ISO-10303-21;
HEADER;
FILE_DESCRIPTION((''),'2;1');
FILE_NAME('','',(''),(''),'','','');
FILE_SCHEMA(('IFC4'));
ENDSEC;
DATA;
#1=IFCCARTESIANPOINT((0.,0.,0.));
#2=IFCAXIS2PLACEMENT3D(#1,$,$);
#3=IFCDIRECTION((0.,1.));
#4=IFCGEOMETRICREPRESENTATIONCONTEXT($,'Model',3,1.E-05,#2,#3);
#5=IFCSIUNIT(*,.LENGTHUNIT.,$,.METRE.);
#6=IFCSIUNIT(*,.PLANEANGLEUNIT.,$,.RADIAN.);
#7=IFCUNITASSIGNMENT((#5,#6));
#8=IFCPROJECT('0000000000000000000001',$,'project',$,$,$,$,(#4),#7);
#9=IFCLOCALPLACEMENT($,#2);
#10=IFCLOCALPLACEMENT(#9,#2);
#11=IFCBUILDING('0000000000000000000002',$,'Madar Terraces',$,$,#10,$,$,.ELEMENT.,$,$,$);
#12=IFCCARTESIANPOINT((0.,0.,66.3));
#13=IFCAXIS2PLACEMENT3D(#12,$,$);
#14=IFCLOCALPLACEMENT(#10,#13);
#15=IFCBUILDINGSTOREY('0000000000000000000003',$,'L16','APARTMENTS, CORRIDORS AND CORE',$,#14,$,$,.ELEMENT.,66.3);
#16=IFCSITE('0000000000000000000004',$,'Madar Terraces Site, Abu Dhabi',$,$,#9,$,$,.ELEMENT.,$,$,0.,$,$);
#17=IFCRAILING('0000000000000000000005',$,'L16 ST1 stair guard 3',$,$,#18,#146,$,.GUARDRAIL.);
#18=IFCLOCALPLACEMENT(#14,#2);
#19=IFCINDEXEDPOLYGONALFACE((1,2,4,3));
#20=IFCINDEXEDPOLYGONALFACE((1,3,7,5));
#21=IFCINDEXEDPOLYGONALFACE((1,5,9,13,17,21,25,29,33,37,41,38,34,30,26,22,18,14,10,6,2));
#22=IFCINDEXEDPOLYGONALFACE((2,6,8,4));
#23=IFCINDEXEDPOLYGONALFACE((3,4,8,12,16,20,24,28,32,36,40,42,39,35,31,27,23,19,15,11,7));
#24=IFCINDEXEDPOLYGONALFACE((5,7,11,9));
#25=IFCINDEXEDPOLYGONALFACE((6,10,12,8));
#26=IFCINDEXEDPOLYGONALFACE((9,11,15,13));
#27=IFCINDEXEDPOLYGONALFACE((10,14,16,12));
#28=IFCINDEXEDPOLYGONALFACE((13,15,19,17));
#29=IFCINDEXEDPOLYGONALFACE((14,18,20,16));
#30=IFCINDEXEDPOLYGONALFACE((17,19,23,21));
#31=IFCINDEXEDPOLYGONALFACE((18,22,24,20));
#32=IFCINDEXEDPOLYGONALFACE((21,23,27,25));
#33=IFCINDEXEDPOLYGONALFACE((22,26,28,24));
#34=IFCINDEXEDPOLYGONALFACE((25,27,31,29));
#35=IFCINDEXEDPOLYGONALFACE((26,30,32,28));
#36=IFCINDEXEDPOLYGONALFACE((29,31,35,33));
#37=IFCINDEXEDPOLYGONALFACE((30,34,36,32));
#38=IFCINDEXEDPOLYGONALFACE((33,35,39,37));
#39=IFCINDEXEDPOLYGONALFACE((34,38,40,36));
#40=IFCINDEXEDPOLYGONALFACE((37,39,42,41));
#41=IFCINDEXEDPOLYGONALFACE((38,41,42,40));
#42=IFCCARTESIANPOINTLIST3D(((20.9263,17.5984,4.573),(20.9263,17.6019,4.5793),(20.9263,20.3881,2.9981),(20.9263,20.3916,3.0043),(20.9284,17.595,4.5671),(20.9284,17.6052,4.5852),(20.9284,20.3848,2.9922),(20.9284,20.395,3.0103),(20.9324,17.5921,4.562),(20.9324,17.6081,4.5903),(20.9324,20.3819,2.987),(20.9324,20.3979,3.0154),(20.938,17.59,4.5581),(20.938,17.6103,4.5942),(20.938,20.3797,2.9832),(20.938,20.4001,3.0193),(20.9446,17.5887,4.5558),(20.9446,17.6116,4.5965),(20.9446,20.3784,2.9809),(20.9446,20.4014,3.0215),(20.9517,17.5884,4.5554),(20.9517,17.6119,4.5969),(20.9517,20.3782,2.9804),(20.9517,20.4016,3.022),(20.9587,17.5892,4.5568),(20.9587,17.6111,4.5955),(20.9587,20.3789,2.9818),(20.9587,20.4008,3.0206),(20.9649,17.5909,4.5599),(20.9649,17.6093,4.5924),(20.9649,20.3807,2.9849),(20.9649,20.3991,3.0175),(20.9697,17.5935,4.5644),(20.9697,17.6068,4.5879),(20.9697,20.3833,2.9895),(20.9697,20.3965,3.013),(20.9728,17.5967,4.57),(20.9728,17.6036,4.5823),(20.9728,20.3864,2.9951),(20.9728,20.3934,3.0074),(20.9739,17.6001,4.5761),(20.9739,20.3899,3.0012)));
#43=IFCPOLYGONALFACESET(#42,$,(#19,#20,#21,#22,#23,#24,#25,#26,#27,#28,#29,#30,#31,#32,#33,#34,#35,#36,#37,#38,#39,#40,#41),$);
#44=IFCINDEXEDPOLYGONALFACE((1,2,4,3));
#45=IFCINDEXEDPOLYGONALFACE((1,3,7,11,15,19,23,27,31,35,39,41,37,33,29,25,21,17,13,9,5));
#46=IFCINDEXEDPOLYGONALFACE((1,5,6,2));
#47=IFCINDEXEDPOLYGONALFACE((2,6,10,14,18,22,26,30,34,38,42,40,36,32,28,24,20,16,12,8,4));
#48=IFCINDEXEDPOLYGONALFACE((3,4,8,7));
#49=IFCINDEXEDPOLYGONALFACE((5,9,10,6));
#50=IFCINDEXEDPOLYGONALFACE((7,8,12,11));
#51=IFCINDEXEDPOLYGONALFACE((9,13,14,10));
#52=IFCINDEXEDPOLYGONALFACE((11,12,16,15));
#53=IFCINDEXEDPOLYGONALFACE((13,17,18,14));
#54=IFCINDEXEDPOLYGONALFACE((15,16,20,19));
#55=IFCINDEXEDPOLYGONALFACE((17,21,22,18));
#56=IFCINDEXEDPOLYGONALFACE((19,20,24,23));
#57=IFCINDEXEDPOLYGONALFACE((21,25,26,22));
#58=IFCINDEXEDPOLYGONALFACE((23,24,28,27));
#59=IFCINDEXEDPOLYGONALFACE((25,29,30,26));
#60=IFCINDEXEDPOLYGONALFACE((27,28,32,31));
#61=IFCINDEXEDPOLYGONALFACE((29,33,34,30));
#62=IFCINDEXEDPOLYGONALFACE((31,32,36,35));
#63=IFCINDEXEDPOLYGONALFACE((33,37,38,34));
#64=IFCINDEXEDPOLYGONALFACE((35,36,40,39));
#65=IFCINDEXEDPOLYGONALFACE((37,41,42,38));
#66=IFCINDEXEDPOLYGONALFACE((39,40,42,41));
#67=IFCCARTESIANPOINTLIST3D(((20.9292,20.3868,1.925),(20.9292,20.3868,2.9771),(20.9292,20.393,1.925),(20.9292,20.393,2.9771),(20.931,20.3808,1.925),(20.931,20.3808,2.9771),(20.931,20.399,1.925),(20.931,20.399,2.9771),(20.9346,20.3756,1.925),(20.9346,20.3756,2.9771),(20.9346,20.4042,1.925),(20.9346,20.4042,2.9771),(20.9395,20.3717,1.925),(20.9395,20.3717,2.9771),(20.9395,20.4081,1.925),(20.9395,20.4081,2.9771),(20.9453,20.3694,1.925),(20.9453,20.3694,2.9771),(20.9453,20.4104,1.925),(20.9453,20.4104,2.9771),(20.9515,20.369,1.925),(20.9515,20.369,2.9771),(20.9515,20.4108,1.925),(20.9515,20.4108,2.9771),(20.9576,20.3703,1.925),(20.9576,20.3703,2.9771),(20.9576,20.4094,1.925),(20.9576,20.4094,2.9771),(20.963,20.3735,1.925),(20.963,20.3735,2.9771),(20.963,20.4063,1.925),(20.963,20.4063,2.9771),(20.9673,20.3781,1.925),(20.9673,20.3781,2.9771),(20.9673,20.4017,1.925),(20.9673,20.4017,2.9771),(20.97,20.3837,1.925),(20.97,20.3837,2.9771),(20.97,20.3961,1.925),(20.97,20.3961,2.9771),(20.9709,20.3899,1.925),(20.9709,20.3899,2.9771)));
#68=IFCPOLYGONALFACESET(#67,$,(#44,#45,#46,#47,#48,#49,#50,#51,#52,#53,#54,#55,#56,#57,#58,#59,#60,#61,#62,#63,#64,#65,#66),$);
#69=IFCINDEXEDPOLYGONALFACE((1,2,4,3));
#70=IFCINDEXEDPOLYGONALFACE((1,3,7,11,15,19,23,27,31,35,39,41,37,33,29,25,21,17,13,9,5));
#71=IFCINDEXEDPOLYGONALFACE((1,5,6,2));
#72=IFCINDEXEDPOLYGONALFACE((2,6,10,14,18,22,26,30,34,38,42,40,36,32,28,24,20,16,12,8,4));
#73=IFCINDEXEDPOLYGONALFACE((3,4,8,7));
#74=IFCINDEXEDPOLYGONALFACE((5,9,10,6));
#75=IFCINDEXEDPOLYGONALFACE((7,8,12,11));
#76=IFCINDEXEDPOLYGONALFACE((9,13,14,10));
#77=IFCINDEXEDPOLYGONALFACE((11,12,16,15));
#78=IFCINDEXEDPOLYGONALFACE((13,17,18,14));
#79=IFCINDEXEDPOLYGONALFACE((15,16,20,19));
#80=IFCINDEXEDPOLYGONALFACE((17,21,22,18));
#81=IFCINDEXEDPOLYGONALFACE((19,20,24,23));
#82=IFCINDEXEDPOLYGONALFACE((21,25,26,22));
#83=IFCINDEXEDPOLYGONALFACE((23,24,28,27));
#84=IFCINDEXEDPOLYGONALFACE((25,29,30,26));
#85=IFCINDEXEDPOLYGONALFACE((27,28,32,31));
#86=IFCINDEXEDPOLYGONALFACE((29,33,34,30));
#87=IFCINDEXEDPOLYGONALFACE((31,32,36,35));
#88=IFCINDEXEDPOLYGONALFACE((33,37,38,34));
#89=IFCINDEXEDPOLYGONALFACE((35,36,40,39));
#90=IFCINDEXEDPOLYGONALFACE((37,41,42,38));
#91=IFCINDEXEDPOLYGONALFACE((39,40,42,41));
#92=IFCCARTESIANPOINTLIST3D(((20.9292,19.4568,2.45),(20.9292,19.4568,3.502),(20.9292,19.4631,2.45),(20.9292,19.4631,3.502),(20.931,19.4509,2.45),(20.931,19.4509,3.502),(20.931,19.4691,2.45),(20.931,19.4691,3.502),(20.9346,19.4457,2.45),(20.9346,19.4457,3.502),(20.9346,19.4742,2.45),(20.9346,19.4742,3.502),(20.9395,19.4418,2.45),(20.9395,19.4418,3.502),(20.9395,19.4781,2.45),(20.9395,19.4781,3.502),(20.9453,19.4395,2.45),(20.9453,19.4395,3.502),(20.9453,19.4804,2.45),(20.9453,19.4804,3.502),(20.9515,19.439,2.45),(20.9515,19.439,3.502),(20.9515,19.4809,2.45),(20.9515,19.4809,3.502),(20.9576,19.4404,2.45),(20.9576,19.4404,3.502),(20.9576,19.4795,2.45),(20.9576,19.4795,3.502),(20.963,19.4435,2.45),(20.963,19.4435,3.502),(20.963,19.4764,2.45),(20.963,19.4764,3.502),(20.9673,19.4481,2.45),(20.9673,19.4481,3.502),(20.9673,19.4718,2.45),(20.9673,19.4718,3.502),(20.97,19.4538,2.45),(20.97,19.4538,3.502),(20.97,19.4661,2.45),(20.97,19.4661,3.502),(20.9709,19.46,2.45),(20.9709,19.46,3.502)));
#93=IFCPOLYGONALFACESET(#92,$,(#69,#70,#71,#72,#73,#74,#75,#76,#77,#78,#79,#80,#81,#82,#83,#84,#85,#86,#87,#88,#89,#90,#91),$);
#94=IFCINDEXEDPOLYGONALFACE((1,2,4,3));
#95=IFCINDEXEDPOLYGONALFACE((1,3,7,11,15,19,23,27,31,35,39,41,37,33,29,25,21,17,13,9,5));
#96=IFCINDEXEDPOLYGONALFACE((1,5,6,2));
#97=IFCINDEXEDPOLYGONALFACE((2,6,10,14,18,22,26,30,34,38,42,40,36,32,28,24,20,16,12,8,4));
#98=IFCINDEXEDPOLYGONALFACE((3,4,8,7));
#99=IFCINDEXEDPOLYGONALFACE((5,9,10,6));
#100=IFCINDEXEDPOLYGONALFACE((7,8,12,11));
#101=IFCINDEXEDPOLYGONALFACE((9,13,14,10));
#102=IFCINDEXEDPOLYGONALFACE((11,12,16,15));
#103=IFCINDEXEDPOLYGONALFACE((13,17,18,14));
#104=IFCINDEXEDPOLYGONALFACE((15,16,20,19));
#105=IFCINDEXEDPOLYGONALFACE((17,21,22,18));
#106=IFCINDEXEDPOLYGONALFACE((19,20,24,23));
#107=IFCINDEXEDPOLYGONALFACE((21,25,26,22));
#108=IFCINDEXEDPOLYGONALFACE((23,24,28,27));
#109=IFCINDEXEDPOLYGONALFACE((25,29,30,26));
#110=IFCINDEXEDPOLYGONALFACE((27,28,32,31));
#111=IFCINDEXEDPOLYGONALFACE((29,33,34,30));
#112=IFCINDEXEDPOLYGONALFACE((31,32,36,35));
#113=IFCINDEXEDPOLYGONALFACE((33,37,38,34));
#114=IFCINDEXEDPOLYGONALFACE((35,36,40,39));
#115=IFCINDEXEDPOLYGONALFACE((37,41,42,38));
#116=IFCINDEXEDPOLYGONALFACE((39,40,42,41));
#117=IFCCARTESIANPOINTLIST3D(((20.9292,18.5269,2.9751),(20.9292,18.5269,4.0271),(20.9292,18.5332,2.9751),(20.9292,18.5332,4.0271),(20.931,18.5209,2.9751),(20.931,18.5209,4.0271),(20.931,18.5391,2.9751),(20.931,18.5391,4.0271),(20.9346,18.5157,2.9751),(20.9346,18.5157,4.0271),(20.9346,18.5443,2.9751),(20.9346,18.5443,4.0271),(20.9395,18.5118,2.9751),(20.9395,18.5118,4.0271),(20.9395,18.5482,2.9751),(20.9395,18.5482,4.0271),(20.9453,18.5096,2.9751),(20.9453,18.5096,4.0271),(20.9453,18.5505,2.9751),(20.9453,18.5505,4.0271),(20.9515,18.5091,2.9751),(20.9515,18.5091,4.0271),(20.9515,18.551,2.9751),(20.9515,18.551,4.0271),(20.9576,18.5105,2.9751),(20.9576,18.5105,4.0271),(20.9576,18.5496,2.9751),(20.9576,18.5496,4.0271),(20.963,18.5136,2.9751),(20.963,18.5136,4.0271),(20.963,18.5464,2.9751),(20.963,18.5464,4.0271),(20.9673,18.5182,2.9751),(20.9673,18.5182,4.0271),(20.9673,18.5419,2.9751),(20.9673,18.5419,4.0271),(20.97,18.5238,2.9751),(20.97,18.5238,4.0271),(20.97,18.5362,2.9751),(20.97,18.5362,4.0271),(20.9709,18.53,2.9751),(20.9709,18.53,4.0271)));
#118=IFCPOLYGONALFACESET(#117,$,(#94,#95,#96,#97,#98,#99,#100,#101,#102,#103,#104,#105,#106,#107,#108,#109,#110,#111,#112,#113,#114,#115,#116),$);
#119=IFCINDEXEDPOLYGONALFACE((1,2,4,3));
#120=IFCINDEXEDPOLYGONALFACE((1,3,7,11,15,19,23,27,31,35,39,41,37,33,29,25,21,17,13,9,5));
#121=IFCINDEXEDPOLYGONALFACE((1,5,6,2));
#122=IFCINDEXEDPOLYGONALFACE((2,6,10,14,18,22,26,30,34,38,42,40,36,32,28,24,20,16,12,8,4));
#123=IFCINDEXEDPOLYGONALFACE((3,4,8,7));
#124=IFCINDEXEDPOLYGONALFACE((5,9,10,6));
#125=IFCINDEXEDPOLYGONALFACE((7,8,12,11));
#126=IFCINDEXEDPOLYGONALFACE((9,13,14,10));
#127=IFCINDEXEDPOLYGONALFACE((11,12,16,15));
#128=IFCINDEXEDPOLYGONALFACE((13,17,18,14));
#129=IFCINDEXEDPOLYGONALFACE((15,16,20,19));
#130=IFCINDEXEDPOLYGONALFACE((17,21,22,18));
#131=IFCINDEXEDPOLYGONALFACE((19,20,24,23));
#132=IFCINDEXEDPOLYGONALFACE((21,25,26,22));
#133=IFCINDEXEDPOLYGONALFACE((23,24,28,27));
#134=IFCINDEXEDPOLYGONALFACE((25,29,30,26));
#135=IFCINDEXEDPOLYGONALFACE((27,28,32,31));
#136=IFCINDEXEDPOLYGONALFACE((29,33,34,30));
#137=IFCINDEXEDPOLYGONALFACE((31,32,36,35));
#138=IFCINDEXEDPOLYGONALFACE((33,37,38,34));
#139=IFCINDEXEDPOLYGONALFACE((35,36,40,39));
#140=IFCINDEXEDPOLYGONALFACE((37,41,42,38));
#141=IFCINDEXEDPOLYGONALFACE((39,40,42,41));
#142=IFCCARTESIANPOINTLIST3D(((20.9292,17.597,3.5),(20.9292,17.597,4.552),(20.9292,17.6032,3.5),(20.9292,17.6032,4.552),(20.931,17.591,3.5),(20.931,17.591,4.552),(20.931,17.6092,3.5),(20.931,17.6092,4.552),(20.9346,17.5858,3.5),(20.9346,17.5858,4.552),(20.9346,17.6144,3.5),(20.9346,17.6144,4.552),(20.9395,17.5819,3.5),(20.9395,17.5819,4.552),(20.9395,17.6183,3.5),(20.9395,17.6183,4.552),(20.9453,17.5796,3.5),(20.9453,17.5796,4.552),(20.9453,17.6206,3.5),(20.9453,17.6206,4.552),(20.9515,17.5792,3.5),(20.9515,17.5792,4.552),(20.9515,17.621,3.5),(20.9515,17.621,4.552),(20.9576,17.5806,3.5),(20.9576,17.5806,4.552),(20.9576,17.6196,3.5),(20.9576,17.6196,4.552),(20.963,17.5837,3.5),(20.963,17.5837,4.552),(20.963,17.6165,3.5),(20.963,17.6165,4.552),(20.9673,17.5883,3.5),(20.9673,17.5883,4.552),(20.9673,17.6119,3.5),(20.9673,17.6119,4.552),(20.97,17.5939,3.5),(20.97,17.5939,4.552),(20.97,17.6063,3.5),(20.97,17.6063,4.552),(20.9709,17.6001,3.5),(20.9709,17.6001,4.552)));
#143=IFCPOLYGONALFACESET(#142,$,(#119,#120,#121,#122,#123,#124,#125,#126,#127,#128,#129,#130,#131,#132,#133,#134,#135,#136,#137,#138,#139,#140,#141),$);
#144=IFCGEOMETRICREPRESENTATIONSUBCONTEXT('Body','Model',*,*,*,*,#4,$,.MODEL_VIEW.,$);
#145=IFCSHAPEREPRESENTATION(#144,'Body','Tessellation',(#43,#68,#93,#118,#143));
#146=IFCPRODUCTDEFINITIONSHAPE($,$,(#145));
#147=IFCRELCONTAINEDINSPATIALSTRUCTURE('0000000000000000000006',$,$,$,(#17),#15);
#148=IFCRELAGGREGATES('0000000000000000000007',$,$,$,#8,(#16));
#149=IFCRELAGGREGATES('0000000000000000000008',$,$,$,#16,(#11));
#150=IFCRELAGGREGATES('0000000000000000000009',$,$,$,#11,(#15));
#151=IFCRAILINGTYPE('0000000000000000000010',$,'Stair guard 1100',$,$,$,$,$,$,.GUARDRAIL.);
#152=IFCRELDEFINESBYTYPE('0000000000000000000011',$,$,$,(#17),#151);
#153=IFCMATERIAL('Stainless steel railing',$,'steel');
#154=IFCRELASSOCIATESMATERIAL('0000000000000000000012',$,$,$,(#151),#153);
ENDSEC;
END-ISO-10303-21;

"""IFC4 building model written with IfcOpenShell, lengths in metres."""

from ifc_helpers import new_model, si_unit, direction, frame, origin, origin_2d, place, context, subcontext, project, spatial, circle, extrude, material, type_object, element, save


model = new_model("IFC4")

# Units and contexts
model_context = context("Model", 3, precision=1e-05, world=origin(), true_north=direction((0.0, 1.0)))
body_context = subcontext(model_context, "Body", "Model", "MODEL_VIEW")
ifc_project = project(units=[si_unit("LENGTHUNIT", "METRE"), si_unit("PLANEANGLEUNIT", "RADIAN")], contexts=[model_context])

# Site, building, storey
site_placement = place(None, origin())
site = spatial("IfcSite", under=ifc_project, at=site_placement, Name="Madar Terraces Site, Abu Dhabi", CompositionType="ELEMENT", RefElevation=0.0)
building_placement = place(site_placement, origin())
building = spatial("IfcBuilding", under=site, at=building_placement, Name="Madar Terraces", CompositionType="ELEMENT")
storey_placement = place(building_placement, frame((0.0, 0.0, 66.3)))
storey = spatial("IfcBuildingStorey", under=building, at=storey_placement, Name="L16", Description="APARTMENTS, CORRIDORS AND CORE", CompositionType="ELEMENT", Elevation=66.3)

# Railing
ifc_material_1 = material(Name="Stainless steel railing", Category="steel")
railing_type_1 = type_object("IfcRailingType", Name="Stair guard 1100", PredefinedType="GUARDRAIL", material=ifc_material_1)
railing_1_placement = place(storey_placement, frame((20.95, 20.3899, 1.925)))
element("IfcRailing", 1, at=railing_1_placement, inside=storey, type_object=railing_type_1, Name="L16 ST1 stair guard 3", PredefinedType="GUARDRAIL", context=body_context, shape_type="SweptSolid", body=[
    extrude(circle(Radius=0.0239, at=origin_2d()), frame((0.0, 0.0, 1.0762), z_axis=(0.0, -0.870815, 0.49161), x_axis=(1.0, 0.0, 0.0)), (0.0, 0.0, 1.0), 3.2036),
    extrude(circle(Radius=0.021, at=origin_2d()), origin(), (0.0, 0.0, 1.0), 1.052),
    extrude(circle(Radius=0.021, at=origin_2d()), frame((0.0, -0.9299, 0.5249)), (0.0, 0.0, 1.0), 1.052),
    extrude(circle(Radius=0.021, at=origin_2d()), frame((0.0, -1.8599, 1.05)), (0.0, 0.0, 1.0), 1.052),
    extrude(circle(Radius=0.021, at=origin_2d()), frame((0.0, -2.7898, 1.575)), (0.0, 0.0, 1.0), 1.052),
])

save(model, "model.ifc")
